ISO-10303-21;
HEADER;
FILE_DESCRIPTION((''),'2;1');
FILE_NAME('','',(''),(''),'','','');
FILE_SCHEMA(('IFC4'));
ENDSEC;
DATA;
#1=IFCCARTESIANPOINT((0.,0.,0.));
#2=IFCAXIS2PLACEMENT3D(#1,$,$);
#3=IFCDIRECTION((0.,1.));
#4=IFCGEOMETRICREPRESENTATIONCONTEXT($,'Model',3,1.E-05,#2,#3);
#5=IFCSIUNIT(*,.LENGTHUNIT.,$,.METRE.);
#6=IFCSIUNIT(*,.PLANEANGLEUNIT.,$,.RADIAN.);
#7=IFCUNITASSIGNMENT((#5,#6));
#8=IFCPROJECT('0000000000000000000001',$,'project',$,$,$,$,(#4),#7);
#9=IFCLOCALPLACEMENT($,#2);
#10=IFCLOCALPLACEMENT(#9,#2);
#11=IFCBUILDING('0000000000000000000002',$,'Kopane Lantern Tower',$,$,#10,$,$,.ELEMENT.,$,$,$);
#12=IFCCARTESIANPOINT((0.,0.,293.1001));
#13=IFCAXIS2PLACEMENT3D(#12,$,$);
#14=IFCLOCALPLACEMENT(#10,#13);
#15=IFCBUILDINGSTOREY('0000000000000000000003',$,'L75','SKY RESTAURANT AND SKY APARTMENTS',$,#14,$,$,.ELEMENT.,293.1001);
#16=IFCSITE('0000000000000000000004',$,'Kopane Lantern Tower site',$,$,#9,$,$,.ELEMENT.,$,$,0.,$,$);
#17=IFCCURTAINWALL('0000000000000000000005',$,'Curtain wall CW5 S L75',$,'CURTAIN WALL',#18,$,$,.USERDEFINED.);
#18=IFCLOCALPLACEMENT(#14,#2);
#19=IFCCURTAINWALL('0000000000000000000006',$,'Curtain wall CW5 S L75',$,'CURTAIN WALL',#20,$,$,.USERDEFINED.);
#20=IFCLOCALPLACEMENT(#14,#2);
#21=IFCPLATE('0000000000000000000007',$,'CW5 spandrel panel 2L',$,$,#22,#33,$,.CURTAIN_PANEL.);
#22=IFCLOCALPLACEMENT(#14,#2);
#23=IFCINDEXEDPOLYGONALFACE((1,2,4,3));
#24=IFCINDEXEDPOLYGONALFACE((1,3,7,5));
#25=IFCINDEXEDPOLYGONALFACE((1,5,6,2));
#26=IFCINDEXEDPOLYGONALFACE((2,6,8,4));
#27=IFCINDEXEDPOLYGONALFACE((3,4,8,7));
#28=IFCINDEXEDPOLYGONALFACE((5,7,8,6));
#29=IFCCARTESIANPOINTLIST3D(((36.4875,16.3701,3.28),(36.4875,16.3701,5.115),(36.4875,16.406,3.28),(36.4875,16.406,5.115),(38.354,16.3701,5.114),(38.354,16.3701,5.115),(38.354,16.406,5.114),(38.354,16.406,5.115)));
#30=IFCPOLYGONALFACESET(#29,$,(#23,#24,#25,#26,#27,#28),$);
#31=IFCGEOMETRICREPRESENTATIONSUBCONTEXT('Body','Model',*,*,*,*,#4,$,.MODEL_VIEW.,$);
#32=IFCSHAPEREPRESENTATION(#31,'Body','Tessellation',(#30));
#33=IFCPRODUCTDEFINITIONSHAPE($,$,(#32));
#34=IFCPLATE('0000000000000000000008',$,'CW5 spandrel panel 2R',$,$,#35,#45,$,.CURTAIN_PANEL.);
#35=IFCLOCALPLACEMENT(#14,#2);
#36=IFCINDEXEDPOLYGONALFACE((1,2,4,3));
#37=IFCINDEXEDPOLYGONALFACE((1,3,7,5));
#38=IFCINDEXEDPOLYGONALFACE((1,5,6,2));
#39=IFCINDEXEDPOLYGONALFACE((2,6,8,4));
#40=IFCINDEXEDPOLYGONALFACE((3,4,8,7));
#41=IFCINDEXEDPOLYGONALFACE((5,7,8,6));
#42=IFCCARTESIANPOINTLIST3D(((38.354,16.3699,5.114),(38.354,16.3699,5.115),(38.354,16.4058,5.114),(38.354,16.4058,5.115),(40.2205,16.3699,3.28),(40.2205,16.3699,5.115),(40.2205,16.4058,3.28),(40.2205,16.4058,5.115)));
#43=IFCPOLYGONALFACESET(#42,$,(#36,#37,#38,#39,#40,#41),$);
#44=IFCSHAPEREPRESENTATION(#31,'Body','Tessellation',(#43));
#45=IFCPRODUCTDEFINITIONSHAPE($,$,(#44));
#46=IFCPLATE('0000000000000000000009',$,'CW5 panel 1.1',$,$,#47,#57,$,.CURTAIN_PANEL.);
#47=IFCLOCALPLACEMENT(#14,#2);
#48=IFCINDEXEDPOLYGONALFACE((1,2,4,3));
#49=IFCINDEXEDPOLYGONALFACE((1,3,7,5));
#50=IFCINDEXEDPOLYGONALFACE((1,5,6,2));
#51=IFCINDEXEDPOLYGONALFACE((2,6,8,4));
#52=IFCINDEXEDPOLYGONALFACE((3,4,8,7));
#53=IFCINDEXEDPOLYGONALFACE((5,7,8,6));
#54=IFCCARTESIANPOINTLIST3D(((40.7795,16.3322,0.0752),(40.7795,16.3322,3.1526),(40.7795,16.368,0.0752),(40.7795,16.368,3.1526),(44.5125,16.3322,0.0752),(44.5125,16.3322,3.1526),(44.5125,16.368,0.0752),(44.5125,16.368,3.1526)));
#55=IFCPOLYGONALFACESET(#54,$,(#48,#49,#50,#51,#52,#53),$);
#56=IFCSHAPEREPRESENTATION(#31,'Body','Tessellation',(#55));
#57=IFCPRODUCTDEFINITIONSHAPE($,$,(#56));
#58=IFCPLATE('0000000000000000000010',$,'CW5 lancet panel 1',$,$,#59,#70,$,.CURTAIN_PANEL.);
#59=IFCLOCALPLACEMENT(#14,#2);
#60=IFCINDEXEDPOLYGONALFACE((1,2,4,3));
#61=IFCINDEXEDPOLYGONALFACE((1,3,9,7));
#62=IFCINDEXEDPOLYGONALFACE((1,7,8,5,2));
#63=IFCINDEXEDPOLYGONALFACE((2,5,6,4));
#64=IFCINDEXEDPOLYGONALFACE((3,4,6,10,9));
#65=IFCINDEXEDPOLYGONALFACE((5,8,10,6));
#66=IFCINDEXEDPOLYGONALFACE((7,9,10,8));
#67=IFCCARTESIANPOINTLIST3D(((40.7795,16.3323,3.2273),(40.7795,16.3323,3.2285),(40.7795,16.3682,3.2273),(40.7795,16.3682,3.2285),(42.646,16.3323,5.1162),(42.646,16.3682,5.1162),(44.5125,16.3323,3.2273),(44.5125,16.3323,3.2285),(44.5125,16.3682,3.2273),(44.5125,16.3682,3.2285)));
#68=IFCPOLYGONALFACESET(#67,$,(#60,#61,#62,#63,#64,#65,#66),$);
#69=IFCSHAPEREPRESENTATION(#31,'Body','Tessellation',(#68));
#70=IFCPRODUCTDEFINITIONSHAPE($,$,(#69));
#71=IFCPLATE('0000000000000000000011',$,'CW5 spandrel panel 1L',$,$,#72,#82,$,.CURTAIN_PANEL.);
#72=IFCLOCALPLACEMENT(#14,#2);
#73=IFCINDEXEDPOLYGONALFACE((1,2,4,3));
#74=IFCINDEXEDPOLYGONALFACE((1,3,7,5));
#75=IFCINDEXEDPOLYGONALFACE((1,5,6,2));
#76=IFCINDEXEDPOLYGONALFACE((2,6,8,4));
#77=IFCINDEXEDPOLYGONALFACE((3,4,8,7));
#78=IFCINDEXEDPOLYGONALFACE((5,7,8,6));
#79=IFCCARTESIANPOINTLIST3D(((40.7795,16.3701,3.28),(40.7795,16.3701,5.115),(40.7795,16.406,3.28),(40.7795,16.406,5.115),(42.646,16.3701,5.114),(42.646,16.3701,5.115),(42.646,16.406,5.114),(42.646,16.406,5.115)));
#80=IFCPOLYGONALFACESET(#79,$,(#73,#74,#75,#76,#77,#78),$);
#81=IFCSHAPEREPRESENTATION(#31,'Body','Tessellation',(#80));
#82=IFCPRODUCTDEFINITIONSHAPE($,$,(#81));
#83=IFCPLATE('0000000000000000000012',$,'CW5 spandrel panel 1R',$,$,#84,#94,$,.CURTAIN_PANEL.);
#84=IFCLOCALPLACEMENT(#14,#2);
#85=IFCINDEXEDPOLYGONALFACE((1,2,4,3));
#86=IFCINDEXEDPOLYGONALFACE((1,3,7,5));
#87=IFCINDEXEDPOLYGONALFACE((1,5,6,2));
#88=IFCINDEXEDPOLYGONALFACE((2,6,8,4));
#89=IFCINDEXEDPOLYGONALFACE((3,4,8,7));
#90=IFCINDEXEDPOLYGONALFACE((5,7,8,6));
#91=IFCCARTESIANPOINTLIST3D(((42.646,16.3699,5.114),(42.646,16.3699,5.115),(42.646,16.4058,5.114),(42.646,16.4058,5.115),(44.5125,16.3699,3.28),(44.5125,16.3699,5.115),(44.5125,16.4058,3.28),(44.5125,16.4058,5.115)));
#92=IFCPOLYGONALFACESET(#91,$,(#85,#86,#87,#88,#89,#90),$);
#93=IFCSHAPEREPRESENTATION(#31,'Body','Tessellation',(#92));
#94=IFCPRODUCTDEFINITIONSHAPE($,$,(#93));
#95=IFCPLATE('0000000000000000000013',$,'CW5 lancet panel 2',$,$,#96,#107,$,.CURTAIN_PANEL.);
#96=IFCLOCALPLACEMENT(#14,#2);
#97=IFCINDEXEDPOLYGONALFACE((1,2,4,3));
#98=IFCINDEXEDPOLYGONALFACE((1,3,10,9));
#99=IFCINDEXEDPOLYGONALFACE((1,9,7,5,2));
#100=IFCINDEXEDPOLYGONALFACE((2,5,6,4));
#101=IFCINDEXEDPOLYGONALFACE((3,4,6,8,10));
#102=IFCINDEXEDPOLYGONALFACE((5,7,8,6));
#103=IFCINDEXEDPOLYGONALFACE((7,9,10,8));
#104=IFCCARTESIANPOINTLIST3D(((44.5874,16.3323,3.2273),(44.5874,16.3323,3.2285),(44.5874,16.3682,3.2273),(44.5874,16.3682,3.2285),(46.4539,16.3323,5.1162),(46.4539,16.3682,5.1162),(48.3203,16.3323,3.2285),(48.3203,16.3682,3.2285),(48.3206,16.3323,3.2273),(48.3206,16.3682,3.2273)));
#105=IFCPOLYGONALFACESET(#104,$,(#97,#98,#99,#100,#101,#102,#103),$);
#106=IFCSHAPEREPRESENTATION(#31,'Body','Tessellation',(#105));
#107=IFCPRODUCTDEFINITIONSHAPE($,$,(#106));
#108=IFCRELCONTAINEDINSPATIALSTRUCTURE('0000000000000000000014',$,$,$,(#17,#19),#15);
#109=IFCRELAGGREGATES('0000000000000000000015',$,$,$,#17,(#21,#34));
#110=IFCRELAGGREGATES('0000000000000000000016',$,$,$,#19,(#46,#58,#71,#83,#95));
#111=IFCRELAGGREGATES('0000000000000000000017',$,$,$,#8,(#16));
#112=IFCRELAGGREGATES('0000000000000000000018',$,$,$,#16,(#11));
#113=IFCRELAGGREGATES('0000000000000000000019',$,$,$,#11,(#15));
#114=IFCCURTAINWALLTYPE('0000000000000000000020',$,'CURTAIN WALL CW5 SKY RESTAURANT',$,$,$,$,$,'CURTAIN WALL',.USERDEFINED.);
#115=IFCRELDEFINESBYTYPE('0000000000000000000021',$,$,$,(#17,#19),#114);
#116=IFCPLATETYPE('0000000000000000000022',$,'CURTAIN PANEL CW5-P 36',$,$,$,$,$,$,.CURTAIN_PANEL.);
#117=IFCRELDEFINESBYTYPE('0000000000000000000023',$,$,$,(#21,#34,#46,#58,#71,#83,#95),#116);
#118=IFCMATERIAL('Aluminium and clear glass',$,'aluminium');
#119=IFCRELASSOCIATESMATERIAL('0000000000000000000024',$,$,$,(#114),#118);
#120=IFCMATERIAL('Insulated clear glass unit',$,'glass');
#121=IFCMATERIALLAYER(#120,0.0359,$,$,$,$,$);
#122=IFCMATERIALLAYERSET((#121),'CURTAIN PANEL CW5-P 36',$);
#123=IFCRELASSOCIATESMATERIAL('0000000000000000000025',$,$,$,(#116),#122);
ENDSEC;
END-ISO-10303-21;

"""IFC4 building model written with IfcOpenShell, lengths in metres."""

from ifc_helpers import new_model, si_unit, direction, frame, origin, origin_2d, place, context, subcontext, project, spatial, polyline, rectangle, outline, extrude, material, layer, layer_set, type_object, element, aggregate, save


model = new_model("IFC4")

# Units and contexts
model_context = context("Model", 3, precision=1e-05, world=origin(), true_north=direction((0.0, 1.0)))
body_context = subcontext(model_context, "Body", "Model", "MODEL_VIEW")
ifc_project = project(units=[si_unit("LENGTHUNIT", "METRE"), si_unit("PLANEANGLEUNIT", "RADIAN")], contexts=[model_context])

# Site, building, storey
site_placement = place(None, origin())
site = spatial("IfcSite", under=ifc_project, at=site_placement, Name="Kopane Lantern Tower site", CompositionType="ELEMENT", RefElevation=0.0)
building_placement = place(site_placement, origin())
building = spatial("IfcBuilding", under=site, at=building_placement, Name="Kopane Lantern Tower", CompositionType="ELEMENT")
storey_placement = place(building_placement, frame((0.0, 0.0, 293.1001)))
storey = spatial("IfcBuildingStorey", under=building, at=storey_placement, Name="L75", Description="SKY RESTAURANT AND SKY APARTMENTS", CompositionType="ELEMENT", Elevation=293.1001)

# Curtain walls
ifc_material_1 = material(Name="Aluminium and clear glass", Category="aluminium")
curtain_wall_type = type_object("IfcCurtainWallType", Name="CURTAIN WALL CW5 SKY RESTAURANT", ElementType="CURTAIN WALL", PredefinedType="USERDEFINED", material=ifc_material_1)
curtain_wall_1_placement = place(storey_placement, origin())
curtain_wall_1 = element("IfcCurtainWall", 1, at=curtain_wall_1_placement, inside=storey, type_object=curtain_wall_type, Name="Curtain wall CW5 S L75", ObjectType="CURTAIN WALL", PredefinedType="USERDEFINED")
curtain_wall_2_placement = place(storey_placement, origin())
curtain_wall_2 = element("IfcCurtainWall", 2, at=curtain_wall_2_placement, inside=storey, type_object=curtain_wall_type, Name="Curtain wall CW5 S L75", ObjectType="CURTAIN WALL", PredefinedType="USERDEFINED")

# Plates
ifc_material_2 = material(Name="Insulated clear glass unit", Category="glass")
ifc_layer = layer(ifc_material_2, 0.0359)
ifc_layer_set = layer_set([ifc_layer], Name="CURTAIN PANEL CW5-P 36")
plate_type = type_object("IfcPlateType", Name="CURTAIN PANEL CW5-P 36", PredefinedType="CURTAIN_PANEL", material=ifc_layer_set)
plate_1_placement = place(storey_placement, frame((36.4875, 16.3879, 5.115), z_axis=(0.0, 0.0, 1.0), x_axis=(1.0, 0.0, 0.0)))
plate_1 = element("IfcPlate", 3, at=plate_1_placement, type_object=plate_type, Name="CW5 spandrel panel 2L", PredefinedType="CURTAIN_PANEL", context=body_context, shape_type="SweptSolid", body=[
    extrude(outline(polyline([(0.0, 0.0), (1.8665, 0.0), (1.8665, -0.001), (0.0, -1.835), (0.0, 0.0)])), frame((0.0, 0.0181, 0.0), z_axis=(0.0, -1.0, 0.0), x_axis=(1.0, 0.0, 0.0)), (0.0, 0.0, 1.0), 0.0359),
])
plate_2_placement = place(storey_placement, frame((40.2205, 16.3879, 5.115), z_axis=(0.0, 0.0, 1.0), x_axis=(-1.0, 0.0, 0.0)))
plate_2 = element("IfcPlate", 4, at=plate_2_placement, type_object=plate_type, Name="CW5 spandrel panel 2R", PredefinedType="CURTAIN_PANEL", context=body_context, shape_type="SweptSolid", body=[
    extrude(outline(polyline([(0.0, 0.0), (1.8665, 0.0), (1.8665, -0.001), (0.0, -1.835), (0.0, 0.0)])), frame((0.0, 0.0181, 0.0), z_axis=(0.0, -1.0, 0.0), x_axis=(1.0, 0.0, 0.0)), (0.0, 0.0, 1.0), 0.0359),
])
aggregate(curtain_wall_1, [plate_1, plate_2])
plate_3_placement = place(storey_placement, frame((42.646, 16.3501, 0.0752), z_axis=(0.0, 0.0, 1.0), x_axis=(1.0, 0.0, 0.0)))
plate_3 = element("IfcPlate", 5, at=plate_3_placement, type_object=plate_type, Name="CW5 panel 1.1", PredefinedType="CURTAIN_PANEL", context=body_context, shape_type="SweptSolid", body=[
    extrude(rectangle(XDim=3.7329, YDim=0.0359, at=origin_2d()), origin(), (0.0, 0.0, 1.0), 3.0774),
])
plate_4_placement = place(storey_placement, frame((40.7795, 16.3501, 3.2273), z_axis=(0.0, 0.0, 1.0), x_axis=(1.0, 0.0, 0.0)))
plate_4 = element("IfcPlate", 6, at=plate_4_placement, type_object=plate_type, Name="CW5 lancet panel 1", PredefinedType="CURTAIN_PANEL", context=body_context, shape_type="SweptSolid", body=[
    extrude(outline(polyline([(0.0, 0.0), (3.7329, 0.0), (3.7329, 0.0012), (1.8665, 1.8889), (0.0, 0.0012), (0.0, 0.0)])), frame((0.0, 0.0181, 0.0), z_axis=(0.0, -1.0, 0.0), x_axis=(1.0, 0.0, 0.0)), (0.0, 0.0, 1.0), 0.0359),
])
plate_5_placement = place(storey_placement, frame((40.7795, 16.3879, 5.115), z_axis=(0.0, 0.0, 1.0), x_axis=(1.0, 0.0, 0.0)))
plate_5 = element("IfcPlate", 7, at=plate_5_placement, type_object=plate_type, Name="CW5 spandrel panel 1L", PredefinedType="CURTAIN_PANEL", context=body_context, shape_type="SweptSolid", body=[
    extrude(outline(polyline([(0.0, 0.0), (1.8665, 0.0), (1.8665, -0.001), (0.0, -1.835), (0.0, 0.0)])), frame((0.0, 0.0181, 0.0), z_axis=(0.0, -1.0, 0.0), x_axis=(1.0, 0.0, 0.0)), (0.0, 0.0, 1.0), 0.0359),
])
plate_6_placement = place(storey_placement, frame((44.5125, 16.3879, 5.115), z_axis=(0.0, 0.0, 1.0), x_axis=(-1.0, 0.0, 0.0)))
plate_6 = element("IfcPlate", 8, at=plate_6_placement, type_object=plate_type, Name="CW5 spandrel panel 1R", PredefinedType="CURTAIN_PANEL", context=body_context, shape_type="SweptSolid", body=[
    extrude(outline(polyline([(0.0, 0.0), (1.8665, 0.0), (1.8665, -0.001), (0.0, -1.835), (0.0, 0.0)])), frame((0.0, 0.0181, 0.0), z_axis=(0.0, -1.0, 0.0), x_axis=(1.0, 0.0, 0.0)), (0.0, 0.0, 1.0), 0.0359),
])
plate_7_placement = place(storey_placement, frame((44.5874, 16.3501, 3.2273), z_axis=(0.0, 0.0, 1.0), x_axis=(1.0, 0.0, 0.0)))
plate_7 = element("IfcPlate", 9, at=plate_7_placement, type_object=plate_type, Name="CW5 lancet panel 2", PredefinedType="CURTAIN_PANEL", context=body_context, shape_type="SweptSolid", body=[
    extrude(outline(polyline([(0.0, 0.0), (3.7332, 0.0), (3.7329, 0.0012), (1.8665, 1.8889), (0.0, 0.0012), (0.0, 0.0)])), frame((0.0, 0.0181, 0.0), z_axis=(0.0, -1.0, 0.0), x_axis=(1.0, 0.0, 0.0)), (0.0, 0.0, 1.0), 0.0359),
])
aggregate(curtain_wall_2, [plate_3, plate_4, plate_5, plate_6, plate_7])

save(model, "model.ifc")
